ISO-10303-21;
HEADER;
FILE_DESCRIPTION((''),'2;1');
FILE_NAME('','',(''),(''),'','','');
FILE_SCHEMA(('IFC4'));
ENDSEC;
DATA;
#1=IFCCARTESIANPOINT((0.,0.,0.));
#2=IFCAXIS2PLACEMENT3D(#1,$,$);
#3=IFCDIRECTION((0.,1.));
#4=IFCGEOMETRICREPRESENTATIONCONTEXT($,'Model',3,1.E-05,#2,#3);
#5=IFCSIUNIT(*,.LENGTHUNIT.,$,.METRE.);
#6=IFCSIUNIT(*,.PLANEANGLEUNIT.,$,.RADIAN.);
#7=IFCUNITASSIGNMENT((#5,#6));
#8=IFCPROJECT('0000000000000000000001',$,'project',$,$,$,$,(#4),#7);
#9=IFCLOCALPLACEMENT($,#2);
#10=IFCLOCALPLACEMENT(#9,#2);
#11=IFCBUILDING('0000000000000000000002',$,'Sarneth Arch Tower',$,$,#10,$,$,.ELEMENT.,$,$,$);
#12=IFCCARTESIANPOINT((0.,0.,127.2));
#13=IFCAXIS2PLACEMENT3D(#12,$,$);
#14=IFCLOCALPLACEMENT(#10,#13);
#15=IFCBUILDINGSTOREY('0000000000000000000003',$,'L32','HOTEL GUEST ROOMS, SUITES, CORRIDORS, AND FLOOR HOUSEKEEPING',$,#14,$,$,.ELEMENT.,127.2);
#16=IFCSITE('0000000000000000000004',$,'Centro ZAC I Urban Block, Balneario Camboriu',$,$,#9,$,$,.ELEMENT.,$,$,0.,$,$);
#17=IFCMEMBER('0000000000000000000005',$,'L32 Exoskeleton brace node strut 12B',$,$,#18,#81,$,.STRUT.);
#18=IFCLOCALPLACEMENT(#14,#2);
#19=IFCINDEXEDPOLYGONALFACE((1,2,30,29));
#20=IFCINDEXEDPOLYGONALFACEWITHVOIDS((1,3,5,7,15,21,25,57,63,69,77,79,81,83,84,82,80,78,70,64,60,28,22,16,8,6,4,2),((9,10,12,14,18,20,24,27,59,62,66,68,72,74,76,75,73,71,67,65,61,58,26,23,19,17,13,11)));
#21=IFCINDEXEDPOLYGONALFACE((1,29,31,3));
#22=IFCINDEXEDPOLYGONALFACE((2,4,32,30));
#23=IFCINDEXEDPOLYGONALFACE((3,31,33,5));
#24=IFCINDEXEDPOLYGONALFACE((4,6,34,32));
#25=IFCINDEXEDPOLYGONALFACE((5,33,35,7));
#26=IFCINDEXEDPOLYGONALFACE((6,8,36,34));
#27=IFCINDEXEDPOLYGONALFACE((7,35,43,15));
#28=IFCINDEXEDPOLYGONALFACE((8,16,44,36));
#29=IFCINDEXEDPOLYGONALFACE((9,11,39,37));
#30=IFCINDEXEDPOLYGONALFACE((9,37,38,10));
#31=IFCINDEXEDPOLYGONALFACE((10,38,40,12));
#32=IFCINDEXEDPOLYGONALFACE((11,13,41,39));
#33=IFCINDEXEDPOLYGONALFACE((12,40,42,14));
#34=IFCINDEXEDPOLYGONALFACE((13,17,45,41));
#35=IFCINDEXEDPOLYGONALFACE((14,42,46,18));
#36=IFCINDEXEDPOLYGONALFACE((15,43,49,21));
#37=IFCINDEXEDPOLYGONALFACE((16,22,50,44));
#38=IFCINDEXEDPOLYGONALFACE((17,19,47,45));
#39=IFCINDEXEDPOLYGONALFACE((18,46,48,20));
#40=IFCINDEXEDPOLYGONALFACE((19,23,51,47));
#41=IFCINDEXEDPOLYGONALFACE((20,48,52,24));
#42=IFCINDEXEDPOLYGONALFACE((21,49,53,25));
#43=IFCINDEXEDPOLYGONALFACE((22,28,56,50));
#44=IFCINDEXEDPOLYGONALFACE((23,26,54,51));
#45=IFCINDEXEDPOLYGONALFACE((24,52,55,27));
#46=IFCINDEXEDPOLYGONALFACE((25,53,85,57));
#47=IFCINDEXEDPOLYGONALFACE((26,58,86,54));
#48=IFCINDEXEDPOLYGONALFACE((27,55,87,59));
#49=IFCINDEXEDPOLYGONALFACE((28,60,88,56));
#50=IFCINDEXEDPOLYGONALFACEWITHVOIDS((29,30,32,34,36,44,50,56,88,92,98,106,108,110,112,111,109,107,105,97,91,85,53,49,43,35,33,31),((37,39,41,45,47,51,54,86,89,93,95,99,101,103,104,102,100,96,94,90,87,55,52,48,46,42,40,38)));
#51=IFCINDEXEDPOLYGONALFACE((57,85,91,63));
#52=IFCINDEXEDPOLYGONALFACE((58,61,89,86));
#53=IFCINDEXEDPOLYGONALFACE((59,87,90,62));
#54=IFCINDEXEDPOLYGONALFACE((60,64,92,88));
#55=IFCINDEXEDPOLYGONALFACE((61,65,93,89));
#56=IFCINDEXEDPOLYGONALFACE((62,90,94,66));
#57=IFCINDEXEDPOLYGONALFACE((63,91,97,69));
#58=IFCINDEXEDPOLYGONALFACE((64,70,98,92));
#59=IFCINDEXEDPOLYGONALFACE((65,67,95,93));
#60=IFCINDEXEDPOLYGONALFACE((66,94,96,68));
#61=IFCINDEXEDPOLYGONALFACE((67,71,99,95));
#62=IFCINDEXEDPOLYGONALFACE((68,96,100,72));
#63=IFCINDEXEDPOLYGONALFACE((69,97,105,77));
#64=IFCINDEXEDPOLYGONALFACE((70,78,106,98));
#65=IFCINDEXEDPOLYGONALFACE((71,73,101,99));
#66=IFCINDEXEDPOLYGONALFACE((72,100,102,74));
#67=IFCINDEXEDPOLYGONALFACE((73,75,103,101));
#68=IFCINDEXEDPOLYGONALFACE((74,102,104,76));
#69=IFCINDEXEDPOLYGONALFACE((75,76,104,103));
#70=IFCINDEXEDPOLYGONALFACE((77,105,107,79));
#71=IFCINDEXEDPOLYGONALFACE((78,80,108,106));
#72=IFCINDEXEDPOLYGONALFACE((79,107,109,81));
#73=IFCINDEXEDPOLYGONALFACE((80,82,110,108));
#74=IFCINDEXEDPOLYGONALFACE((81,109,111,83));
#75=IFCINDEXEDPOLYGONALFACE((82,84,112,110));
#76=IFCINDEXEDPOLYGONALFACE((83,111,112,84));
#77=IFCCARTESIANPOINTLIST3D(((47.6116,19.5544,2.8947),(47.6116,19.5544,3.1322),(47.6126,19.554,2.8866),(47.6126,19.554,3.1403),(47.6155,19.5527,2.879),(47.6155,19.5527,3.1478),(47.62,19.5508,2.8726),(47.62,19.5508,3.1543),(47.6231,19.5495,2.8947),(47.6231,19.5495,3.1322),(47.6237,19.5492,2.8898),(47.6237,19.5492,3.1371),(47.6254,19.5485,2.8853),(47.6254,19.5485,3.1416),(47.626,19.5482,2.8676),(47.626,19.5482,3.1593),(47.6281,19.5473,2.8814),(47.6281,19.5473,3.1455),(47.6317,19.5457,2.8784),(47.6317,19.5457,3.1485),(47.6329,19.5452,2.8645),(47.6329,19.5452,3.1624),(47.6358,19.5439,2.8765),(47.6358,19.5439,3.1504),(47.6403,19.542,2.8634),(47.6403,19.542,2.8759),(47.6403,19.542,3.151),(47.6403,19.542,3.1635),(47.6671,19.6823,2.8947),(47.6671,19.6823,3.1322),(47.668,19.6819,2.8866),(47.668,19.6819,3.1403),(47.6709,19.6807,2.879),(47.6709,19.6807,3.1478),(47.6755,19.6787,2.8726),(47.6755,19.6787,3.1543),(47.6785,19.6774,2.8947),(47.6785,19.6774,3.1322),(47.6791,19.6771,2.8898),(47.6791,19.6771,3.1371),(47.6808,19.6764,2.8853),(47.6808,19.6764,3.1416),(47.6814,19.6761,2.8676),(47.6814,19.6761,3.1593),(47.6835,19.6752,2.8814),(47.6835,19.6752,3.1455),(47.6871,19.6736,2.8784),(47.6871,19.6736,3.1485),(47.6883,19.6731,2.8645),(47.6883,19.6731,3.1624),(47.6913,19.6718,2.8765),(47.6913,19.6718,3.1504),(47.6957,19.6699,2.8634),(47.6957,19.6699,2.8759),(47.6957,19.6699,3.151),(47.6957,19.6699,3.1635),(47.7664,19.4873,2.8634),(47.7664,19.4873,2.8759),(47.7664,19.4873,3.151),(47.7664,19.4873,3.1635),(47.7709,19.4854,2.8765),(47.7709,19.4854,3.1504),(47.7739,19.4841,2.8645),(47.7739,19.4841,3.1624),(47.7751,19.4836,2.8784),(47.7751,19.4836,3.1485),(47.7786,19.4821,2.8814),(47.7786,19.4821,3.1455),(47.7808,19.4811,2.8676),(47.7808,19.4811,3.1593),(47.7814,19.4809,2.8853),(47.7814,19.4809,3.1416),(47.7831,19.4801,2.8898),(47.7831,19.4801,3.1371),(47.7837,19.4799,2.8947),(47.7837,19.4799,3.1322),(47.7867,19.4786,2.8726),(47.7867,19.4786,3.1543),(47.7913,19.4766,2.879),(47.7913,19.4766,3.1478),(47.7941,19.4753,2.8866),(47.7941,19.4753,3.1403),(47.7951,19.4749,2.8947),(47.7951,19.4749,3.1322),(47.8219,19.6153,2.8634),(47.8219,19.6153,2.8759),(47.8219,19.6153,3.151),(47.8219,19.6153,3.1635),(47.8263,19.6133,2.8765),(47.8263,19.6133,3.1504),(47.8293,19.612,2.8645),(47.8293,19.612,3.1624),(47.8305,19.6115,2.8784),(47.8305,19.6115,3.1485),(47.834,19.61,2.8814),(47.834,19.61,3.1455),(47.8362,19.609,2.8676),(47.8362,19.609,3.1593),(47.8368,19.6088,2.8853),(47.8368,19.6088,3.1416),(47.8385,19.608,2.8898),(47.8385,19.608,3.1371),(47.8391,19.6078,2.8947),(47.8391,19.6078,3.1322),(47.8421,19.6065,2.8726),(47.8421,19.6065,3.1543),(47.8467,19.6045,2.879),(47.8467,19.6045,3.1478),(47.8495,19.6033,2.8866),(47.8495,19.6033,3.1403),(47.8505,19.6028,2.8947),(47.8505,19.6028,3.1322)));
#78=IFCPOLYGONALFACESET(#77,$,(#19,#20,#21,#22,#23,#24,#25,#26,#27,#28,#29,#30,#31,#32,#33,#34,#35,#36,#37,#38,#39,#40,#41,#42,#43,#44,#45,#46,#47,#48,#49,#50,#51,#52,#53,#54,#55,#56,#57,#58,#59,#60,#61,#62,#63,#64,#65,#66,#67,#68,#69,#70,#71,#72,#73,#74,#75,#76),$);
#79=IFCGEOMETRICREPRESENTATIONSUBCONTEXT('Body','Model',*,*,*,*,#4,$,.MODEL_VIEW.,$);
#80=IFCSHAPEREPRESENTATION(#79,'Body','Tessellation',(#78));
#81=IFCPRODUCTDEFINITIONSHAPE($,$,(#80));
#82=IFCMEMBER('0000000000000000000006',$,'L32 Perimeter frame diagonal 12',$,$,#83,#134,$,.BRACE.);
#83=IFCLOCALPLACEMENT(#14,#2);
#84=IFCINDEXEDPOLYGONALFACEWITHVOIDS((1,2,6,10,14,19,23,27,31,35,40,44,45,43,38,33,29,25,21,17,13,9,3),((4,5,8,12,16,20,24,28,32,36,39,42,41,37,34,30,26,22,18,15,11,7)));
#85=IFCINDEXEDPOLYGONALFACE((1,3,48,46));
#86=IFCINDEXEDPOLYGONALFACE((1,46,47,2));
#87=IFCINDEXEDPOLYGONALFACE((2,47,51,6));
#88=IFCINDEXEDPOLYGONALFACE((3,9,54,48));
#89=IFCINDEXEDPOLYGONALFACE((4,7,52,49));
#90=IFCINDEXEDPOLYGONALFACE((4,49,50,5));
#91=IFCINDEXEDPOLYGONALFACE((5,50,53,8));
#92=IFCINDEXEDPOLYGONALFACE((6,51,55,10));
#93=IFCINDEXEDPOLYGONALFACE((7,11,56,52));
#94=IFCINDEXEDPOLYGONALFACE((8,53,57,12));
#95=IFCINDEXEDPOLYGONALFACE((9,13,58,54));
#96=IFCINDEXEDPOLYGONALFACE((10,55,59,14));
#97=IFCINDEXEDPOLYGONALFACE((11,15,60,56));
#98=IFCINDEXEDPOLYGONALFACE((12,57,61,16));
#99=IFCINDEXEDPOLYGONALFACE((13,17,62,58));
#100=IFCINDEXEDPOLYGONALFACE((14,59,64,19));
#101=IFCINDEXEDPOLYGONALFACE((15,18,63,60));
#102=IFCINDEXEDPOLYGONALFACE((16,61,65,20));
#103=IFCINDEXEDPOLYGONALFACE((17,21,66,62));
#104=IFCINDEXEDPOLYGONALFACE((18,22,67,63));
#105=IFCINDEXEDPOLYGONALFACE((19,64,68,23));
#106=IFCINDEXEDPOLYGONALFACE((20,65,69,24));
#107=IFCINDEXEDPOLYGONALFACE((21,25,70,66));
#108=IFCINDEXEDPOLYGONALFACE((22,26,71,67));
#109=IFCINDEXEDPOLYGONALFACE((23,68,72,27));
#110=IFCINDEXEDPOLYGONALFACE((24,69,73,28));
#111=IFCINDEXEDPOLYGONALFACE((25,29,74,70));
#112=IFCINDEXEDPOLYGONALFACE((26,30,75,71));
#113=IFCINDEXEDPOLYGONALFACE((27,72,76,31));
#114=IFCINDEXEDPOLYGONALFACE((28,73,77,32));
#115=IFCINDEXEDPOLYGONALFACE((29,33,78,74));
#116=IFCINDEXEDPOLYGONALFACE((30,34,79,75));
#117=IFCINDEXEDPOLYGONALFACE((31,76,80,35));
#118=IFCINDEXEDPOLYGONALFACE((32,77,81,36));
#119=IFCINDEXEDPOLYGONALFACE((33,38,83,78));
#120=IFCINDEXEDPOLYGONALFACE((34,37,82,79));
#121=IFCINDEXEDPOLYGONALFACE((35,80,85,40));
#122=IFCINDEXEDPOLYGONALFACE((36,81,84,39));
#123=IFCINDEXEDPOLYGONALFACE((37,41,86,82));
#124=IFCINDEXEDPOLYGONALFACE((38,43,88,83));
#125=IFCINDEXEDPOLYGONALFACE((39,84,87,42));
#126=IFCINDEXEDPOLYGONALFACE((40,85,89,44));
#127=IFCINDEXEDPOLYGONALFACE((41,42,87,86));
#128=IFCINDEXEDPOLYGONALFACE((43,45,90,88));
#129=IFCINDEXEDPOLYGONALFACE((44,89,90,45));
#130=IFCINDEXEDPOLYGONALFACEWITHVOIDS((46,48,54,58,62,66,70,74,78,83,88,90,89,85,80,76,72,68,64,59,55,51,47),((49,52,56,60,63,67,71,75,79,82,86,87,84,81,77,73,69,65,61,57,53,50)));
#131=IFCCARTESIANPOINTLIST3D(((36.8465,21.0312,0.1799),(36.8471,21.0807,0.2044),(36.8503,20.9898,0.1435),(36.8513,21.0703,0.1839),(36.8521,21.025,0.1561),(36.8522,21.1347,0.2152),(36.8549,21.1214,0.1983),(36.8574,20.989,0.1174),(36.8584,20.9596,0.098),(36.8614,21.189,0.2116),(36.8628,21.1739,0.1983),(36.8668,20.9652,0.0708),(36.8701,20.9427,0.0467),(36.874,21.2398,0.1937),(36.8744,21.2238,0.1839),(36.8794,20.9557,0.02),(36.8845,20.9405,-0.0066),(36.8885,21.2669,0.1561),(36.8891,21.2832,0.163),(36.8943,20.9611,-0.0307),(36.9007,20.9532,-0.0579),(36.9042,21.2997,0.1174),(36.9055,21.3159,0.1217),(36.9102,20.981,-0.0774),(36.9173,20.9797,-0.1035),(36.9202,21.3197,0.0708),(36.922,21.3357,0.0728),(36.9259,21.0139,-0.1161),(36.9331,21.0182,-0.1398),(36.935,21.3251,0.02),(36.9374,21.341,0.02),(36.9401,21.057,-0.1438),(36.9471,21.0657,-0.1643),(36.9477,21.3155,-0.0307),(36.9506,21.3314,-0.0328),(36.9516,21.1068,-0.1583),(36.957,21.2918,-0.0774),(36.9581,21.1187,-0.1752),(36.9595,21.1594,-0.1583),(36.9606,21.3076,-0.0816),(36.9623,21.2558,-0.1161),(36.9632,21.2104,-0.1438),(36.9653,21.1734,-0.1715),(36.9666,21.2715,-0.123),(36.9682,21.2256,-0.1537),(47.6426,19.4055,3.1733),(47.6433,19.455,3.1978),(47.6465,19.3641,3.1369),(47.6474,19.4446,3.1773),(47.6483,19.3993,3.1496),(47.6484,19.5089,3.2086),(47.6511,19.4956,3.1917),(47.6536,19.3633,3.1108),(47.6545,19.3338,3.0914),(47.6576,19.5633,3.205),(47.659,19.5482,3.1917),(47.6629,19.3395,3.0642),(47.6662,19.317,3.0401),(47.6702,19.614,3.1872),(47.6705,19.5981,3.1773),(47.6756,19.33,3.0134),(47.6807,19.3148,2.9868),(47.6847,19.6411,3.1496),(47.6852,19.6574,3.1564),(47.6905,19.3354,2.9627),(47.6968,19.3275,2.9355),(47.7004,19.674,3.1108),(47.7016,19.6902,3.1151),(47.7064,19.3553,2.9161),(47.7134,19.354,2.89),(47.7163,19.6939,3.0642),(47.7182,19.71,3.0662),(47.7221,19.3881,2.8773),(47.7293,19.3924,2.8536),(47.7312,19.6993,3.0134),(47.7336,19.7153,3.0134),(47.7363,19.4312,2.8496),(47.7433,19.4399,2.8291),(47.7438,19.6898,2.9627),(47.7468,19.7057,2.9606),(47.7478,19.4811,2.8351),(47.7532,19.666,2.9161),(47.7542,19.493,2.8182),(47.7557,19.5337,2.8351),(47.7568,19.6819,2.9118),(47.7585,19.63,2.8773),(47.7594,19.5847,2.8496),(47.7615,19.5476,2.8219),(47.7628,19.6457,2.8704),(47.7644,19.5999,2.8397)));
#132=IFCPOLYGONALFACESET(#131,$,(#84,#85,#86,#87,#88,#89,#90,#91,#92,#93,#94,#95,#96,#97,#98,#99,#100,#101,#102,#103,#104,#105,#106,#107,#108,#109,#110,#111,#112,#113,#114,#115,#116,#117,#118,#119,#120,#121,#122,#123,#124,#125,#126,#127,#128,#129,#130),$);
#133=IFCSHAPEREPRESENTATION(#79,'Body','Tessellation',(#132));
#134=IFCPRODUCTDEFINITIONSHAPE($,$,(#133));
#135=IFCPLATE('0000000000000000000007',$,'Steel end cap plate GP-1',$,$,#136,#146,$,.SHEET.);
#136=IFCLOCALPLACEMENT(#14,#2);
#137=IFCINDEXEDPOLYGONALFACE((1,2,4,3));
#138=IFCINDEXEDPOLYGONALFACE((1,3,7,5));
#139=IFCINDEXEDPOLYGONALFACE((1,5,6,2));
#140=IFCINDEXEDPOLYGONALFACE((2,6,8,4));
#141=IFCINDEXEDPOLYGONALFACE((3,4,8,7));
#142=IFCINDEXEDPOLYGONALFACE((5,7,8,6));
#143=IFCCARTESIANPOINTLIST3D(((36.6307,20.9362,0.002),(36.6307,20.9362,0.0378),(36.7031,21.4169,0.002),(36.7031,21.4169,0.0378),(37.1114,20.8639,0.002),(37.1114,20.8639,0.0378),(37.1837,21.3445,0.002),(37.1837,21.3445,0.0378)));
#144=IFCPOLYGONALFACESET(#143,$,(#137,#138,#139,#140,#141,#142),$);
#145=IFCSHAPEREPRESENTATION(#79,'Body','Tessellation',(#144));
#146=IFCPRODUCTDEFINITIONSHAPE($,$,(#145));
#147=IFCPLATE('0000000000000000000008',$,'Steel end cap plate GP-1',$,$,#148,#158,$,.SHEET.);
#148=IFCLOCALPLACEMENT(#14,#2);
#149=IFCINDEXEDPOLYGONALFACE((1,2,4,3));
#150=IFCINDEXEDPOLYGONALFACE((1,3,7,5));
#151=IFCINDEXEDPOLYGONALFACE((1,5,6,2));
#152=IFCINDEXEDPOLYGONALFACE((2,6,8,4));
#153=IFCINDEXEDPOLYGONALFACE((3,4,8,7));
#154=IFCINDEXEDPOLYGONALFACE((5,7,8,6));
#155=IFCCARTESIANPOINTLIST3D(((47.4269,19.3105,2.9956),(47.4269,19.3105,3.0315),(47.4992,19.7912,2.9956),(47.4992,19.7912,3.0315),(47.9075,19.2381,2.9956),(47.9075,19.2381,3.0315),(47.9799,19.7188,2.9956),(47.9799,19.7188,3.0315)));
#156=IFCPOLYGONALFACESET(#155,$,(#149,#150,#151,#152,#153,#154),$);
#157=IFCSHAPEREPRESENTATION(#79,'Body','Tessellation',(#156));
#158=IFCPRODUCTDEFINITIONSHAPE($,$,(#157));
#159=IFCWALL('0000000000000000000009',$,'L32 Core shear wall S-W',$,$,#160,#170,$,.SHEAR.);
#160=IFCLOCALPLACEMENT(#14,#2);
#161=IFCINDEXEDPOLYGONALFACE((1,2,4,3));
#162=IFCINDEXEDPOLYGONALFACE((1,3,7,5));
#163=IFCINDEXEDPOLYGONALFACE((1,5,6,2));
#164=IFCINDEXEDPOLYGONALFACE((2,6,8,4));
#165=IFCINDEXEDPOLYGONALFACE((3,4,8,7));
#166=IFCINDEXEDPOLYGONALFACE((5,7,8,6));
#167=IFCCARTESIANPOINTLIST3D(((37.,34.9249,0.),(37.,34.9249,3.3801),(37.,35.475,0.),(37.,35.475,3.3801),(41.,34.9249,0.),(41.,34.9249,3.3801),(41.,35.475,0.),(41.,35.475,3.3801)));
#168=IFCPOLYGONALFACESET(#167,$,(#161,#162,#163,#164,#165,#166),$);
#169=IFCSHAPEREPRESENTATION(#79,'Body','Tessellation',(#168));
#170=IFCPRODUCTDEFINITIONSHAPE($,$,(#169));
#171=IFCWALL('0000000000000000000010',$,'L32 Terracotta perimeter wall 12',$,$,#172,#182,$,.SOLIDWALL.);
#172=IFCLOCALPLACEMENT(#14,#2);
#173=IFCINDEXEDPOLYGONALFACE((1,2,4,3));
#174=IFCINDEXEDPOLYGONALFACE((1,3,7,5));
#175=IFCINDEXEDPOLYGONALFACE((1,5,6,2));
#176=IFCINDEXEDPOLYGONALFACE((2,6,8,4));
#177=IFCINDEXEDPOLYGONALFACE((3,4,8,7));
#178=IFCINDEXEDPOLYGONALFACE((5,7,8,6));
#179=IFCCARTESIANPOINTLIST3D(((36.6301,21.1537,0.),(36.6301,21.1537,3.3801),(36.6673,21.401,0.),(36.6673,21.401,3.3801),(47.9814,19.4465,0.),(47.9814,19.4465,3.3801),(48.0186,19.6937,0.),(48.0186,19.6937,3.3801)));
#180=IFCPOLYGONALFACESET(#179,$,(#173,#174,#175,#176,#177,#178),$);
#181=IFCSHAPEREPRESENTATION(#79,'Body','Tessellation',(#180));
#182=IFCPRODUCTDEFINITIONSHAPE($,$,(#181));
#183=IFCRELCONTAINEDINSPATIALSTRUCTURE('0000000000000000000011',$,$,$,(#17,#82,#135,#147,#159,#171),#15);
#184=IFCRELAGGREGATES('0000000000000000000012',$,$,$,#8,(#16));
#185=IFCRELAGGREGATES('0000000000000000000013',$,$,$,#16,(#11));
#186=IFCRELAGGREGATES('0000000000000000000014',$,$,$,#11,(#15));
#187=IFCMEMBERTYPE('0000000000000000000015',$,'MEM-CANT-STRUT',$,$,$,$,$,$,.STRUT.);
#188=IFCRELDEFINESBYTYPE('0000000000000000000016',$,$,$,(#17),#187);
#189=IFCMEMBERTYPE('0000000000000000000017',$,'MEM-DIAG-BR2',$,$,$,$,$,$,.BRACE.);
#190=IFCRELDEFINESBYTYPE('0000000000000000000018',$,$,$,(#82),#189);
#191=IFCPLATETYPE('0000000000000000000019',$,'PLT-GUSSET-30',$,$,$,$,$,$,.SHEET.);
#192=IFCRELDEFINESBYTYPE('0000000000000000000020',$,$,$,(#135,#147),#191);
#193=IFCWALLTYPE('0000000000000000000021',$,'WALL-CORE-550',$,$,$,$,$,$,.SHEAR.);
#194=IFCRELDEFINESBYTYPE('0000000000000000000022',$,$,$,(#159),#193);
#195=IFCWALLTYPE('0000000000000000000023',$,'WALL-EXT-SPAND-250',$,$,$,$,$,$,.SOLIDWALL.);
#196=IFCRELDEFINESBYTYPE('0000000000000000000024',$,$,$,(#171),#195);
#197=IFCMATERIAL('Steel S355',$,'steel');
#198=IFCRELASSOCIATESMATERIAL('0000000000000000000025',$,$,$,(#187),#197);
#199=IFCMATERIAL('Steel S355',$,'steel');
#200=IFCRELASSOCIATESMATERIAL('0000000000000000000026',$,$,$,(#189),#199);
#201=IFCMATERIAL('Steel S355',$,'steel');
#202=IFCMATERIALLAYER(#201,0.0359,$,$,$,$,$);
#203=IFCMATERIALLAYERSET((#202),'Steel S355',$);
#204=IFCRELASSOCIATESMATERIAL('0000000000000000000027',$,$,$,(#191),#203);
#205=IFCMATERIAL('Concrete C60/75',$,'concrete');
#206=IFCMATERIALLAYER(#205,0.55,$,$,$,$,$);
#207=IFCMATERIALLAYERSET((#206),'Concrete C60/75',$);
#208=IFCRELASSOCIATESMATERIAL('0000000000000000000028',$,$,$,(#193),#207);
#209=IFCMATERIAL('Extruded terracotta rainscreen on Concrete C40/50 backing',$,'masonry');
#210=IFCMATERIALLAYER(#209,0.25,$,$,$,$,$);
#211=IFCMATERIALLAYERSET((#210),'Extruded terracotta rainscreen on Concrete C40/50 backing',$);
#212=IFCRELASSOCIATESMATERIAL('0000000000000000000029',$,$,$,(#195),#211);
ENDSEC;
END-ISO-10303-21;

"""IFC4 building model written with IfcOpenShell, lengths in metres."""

from ifc_helpers import new_model, si_unit, direction, frame, frame_2d, origin, origin_2d, place, context, subcontext, project, spatial, rectangle, hollow_rectangle, hollow_circle, extrude, material, layer, layer_set, material_profile, profile_set, type_object, element, save


model = new_model("IFC4")

# Units and contexts
model_context = context("Model", 3, precision=1e-05, world=origin(), true_north=direction((0.0, 1.0)))
body_context = subcontext(model_context, "Body", "Model", "MODEL_VIEW")
ifc_project = project(units=[si_unit("LENGTHUNIT", "METRE"), si_unit("PLANEANGLEUNIT", "RADIAN")], contexts=[model_context])

# Site, building, storey
site_placement = place(None, origin())
site = spatial("IfcSite", under=ifc_project, at=site_placement, Name="Centro ZAC I Urban Block, Balneario Camboriu", CompositionType="ELEMENT", RefElevation=0.0)
building_placement = place(site_placement, origin())
building = spatial("IfcBuilding", under=site, at=building_placement, Name="Sarneth Arch Tower", CompositionType="ELEMENT")
storey_placement = place(building_placement, frame((0.0, 0.0, 127.2)))
storey = spatial("IfcBuildingStorey", under=building, at=storey_placement, Name="L32", Description="HOTEL GUEST ROOMS, SUITES, CORRIDORS, AND FLOOR HOUSEKEEPING", CompositionType="ELEMENT", Elevation=127.2)

# Members
ifc_material_1 = material(Name="Steel S355", Category="steel")
ifc_material_profile_1 = material_profile(ifc_material_1, hollow_rectangle(XDim=0.2, YDim=0.3, WallThickness=0.0125, InnerFilletRadius=0.0188, OuterFilletRadius=0.0312, at=origin_2d()), Name="RHS300x200x12.5")
ifc_profile_set_1 = profile_set([ifc_material_profile_1], Name="Steel S355")
member_type_1 = type_object("IfcMemberType", Name="MEM-CANT-STRUT", PredefinedType="STRUT", material=ifc_profile_set_1)
member_1_placement = place(storey_placement, frame((47.7588, 19.6426, 3.0134), z_axis=(-0.397509, -0.917598, 0.0), x_axis=(0.917598, -0.397509, 0.0)))
element("IfcMember", 1, at=member_1_placement, inside=storey, type_object=member_type_1, Name="L32 Exoskeleton brace node strut 12B", PredefinedType="STRUT", context=body_context, shape_type="SweptSolid", body=[
    extrude(hollow_rectangle(XDim=0.2, YDim=0.3, WallThickness=0.0125, InnerFilletRadius=0.0188, OuterFilletRadius=0.0312, at=origin_2d()), origin(), (0.0, 0.0, 1.0), 0.1394),
])
ifc_material_2 = material(Name="Steel S355", Category="steel")
ifc_material_profile_2 = material_profile(ifc_material_2, hollow_circle(Radius=0.2029, WallThickness=0.0161, at=origin_2d()), Name="CHS406x16")
ifc_profile_set_2 = profile_set([ifc_material_profile_2], Name="Steel S355")
member_type_2 = type_object("IfcMemberType", Name="MEM-DIAG-BR2", PredefinedType="BRACE", material=ifc_profile_set_2)
member_2_placement = place(storey_placement, frame((36.9072, 21.1404, 0.02), z_axis=(0.953657, -0.143606, 0.264417), x_axis=(0.148906, 0.988851, 0.0)))
element("IfcMember", 2, at=member_2_placement, inside=storey, type_object=member_type_2, Name="L32 Perimeter frame diagonal 12", PredefinedType="BRACE", context=body_context, shape_type="SweptSolid", body=[
    extrude(hollow_circle(Radius=0.2029, WallThickness=0.0161, at=origin_2d()), origin(), (0.0, 0.0, 1.0), 11.3208),
])

# Plates
ifc_material_3 = material(Name="Steel S355", Category="steel")
ifc_layer_1 = layer(ifc_material_3, 0.0359)
ifc_layer_set_1 = layer_set([ifc_layer_1], Name="Steel S355")
plate_type = type_object("IfcPlateType", Name="PLT-GUSSET-30", PredefinedType="SHEET", material=ifc_layer_set_1)
for number, where, z_axis, x_axis, name in (
    (3, (36.9072, 21.1404, 0.002), (0.0, 0.0, 1.0), (0.988861, -0.148845, 0.0), "Steel end cap plate GP-1"),
    (4, (47.7034, 19.5146, 2.9956), (0.0, 0.0, 1.0), (0.988861, -0.148845, 0.0), "Steel end cap plate GP-1"),
):
    element("IfcPlate", number, at=place(storey_placement, frame(where, z_axis=z_axis, x_axis=x_axis)), inside=storey, type_object=plate_type, Name=name, PredefinedType="SHEET", context=body_context, shape_type="SweptSolid", body=[
        extrude(rectangle(XDim=0.4861, YDim=0.4861, at=origin_2d()), origin(), (0.0, 0.0, 1.0), 0.0359),
    ])

# Wall
ifc_material_4 = material(Name="Concrete C60/75", Category="concrete")
ifc_layer_2 = layer(ifc_material_4, 0.55)
ifc_layer_set_2 = layer_set([ifc_layer_2], Name="Concrete C60/75")
wall_type_1 = type_object("IfcWallType", Name="WALL-CORE-550", PredefinedType="SHEAR", material=ifc_layer_set_2)
wall_1_placement = place(storey_placement, frame((37.0, 35.2, 0.0), z_axis=(0.0, 0.0, 1.0), x_axis=(1.0, 0.0, 0.0)))
element("IfcWall", 5, at=wall_1_placement, inside=storey, type_object=wall_type_1, Name="L32 Core shear wall S-W", PredefinedType="SHEAR", context=body_context, shape_type="SweptSolid", body=[
    extrude(rectangle(XDim=4.0, YDim=0.55, at=frame_2d((2.0, 0.0))), origin(), (0.0, 0.0, 1.0), 3.3801),
])

# Wall
ifc_material_5 = material(Name="Extruded terracotta rainscreen on Concrete C40/50 backing", Category="masonry")
ifc_layer_3 = layer(ifc_material_5, 0.25)
ifc_layer_set_3 = layer_set([ifc_layer_3], Name="Extruded terracotta rainscreen on Concrete C40/50 backing")
wall_type_2 = type_object("IfcWallType", Name="WALL-EXT-SPAND-250", PredefinedType="SOLIDWALL", material=ifc_layer_set_3)
wall_2_placement = place(storey_placement, frame((36.6487, 21.2773, 0.0), z_axis=(0.0, 0.0, 1.0), x_axis=(0.988878, -0.14873, 0.0)))
element("IfcWall", 6, at=wall_2_placement, inside=storey, type_object=wall_type_2, Name="L32 Terracotta perimeter wall 12", PredefinedType="SOLIDWALL", context=body_context, shape_type="SweptSolid", body=[
    extrude(rectangle(XDim=11.479, YDim=0.25, at=frame_2d((5.7395, 0.0))), origin(), (0.0, 0.0, 1.0), 3.3801),
])

save(model, "model.ifc")
